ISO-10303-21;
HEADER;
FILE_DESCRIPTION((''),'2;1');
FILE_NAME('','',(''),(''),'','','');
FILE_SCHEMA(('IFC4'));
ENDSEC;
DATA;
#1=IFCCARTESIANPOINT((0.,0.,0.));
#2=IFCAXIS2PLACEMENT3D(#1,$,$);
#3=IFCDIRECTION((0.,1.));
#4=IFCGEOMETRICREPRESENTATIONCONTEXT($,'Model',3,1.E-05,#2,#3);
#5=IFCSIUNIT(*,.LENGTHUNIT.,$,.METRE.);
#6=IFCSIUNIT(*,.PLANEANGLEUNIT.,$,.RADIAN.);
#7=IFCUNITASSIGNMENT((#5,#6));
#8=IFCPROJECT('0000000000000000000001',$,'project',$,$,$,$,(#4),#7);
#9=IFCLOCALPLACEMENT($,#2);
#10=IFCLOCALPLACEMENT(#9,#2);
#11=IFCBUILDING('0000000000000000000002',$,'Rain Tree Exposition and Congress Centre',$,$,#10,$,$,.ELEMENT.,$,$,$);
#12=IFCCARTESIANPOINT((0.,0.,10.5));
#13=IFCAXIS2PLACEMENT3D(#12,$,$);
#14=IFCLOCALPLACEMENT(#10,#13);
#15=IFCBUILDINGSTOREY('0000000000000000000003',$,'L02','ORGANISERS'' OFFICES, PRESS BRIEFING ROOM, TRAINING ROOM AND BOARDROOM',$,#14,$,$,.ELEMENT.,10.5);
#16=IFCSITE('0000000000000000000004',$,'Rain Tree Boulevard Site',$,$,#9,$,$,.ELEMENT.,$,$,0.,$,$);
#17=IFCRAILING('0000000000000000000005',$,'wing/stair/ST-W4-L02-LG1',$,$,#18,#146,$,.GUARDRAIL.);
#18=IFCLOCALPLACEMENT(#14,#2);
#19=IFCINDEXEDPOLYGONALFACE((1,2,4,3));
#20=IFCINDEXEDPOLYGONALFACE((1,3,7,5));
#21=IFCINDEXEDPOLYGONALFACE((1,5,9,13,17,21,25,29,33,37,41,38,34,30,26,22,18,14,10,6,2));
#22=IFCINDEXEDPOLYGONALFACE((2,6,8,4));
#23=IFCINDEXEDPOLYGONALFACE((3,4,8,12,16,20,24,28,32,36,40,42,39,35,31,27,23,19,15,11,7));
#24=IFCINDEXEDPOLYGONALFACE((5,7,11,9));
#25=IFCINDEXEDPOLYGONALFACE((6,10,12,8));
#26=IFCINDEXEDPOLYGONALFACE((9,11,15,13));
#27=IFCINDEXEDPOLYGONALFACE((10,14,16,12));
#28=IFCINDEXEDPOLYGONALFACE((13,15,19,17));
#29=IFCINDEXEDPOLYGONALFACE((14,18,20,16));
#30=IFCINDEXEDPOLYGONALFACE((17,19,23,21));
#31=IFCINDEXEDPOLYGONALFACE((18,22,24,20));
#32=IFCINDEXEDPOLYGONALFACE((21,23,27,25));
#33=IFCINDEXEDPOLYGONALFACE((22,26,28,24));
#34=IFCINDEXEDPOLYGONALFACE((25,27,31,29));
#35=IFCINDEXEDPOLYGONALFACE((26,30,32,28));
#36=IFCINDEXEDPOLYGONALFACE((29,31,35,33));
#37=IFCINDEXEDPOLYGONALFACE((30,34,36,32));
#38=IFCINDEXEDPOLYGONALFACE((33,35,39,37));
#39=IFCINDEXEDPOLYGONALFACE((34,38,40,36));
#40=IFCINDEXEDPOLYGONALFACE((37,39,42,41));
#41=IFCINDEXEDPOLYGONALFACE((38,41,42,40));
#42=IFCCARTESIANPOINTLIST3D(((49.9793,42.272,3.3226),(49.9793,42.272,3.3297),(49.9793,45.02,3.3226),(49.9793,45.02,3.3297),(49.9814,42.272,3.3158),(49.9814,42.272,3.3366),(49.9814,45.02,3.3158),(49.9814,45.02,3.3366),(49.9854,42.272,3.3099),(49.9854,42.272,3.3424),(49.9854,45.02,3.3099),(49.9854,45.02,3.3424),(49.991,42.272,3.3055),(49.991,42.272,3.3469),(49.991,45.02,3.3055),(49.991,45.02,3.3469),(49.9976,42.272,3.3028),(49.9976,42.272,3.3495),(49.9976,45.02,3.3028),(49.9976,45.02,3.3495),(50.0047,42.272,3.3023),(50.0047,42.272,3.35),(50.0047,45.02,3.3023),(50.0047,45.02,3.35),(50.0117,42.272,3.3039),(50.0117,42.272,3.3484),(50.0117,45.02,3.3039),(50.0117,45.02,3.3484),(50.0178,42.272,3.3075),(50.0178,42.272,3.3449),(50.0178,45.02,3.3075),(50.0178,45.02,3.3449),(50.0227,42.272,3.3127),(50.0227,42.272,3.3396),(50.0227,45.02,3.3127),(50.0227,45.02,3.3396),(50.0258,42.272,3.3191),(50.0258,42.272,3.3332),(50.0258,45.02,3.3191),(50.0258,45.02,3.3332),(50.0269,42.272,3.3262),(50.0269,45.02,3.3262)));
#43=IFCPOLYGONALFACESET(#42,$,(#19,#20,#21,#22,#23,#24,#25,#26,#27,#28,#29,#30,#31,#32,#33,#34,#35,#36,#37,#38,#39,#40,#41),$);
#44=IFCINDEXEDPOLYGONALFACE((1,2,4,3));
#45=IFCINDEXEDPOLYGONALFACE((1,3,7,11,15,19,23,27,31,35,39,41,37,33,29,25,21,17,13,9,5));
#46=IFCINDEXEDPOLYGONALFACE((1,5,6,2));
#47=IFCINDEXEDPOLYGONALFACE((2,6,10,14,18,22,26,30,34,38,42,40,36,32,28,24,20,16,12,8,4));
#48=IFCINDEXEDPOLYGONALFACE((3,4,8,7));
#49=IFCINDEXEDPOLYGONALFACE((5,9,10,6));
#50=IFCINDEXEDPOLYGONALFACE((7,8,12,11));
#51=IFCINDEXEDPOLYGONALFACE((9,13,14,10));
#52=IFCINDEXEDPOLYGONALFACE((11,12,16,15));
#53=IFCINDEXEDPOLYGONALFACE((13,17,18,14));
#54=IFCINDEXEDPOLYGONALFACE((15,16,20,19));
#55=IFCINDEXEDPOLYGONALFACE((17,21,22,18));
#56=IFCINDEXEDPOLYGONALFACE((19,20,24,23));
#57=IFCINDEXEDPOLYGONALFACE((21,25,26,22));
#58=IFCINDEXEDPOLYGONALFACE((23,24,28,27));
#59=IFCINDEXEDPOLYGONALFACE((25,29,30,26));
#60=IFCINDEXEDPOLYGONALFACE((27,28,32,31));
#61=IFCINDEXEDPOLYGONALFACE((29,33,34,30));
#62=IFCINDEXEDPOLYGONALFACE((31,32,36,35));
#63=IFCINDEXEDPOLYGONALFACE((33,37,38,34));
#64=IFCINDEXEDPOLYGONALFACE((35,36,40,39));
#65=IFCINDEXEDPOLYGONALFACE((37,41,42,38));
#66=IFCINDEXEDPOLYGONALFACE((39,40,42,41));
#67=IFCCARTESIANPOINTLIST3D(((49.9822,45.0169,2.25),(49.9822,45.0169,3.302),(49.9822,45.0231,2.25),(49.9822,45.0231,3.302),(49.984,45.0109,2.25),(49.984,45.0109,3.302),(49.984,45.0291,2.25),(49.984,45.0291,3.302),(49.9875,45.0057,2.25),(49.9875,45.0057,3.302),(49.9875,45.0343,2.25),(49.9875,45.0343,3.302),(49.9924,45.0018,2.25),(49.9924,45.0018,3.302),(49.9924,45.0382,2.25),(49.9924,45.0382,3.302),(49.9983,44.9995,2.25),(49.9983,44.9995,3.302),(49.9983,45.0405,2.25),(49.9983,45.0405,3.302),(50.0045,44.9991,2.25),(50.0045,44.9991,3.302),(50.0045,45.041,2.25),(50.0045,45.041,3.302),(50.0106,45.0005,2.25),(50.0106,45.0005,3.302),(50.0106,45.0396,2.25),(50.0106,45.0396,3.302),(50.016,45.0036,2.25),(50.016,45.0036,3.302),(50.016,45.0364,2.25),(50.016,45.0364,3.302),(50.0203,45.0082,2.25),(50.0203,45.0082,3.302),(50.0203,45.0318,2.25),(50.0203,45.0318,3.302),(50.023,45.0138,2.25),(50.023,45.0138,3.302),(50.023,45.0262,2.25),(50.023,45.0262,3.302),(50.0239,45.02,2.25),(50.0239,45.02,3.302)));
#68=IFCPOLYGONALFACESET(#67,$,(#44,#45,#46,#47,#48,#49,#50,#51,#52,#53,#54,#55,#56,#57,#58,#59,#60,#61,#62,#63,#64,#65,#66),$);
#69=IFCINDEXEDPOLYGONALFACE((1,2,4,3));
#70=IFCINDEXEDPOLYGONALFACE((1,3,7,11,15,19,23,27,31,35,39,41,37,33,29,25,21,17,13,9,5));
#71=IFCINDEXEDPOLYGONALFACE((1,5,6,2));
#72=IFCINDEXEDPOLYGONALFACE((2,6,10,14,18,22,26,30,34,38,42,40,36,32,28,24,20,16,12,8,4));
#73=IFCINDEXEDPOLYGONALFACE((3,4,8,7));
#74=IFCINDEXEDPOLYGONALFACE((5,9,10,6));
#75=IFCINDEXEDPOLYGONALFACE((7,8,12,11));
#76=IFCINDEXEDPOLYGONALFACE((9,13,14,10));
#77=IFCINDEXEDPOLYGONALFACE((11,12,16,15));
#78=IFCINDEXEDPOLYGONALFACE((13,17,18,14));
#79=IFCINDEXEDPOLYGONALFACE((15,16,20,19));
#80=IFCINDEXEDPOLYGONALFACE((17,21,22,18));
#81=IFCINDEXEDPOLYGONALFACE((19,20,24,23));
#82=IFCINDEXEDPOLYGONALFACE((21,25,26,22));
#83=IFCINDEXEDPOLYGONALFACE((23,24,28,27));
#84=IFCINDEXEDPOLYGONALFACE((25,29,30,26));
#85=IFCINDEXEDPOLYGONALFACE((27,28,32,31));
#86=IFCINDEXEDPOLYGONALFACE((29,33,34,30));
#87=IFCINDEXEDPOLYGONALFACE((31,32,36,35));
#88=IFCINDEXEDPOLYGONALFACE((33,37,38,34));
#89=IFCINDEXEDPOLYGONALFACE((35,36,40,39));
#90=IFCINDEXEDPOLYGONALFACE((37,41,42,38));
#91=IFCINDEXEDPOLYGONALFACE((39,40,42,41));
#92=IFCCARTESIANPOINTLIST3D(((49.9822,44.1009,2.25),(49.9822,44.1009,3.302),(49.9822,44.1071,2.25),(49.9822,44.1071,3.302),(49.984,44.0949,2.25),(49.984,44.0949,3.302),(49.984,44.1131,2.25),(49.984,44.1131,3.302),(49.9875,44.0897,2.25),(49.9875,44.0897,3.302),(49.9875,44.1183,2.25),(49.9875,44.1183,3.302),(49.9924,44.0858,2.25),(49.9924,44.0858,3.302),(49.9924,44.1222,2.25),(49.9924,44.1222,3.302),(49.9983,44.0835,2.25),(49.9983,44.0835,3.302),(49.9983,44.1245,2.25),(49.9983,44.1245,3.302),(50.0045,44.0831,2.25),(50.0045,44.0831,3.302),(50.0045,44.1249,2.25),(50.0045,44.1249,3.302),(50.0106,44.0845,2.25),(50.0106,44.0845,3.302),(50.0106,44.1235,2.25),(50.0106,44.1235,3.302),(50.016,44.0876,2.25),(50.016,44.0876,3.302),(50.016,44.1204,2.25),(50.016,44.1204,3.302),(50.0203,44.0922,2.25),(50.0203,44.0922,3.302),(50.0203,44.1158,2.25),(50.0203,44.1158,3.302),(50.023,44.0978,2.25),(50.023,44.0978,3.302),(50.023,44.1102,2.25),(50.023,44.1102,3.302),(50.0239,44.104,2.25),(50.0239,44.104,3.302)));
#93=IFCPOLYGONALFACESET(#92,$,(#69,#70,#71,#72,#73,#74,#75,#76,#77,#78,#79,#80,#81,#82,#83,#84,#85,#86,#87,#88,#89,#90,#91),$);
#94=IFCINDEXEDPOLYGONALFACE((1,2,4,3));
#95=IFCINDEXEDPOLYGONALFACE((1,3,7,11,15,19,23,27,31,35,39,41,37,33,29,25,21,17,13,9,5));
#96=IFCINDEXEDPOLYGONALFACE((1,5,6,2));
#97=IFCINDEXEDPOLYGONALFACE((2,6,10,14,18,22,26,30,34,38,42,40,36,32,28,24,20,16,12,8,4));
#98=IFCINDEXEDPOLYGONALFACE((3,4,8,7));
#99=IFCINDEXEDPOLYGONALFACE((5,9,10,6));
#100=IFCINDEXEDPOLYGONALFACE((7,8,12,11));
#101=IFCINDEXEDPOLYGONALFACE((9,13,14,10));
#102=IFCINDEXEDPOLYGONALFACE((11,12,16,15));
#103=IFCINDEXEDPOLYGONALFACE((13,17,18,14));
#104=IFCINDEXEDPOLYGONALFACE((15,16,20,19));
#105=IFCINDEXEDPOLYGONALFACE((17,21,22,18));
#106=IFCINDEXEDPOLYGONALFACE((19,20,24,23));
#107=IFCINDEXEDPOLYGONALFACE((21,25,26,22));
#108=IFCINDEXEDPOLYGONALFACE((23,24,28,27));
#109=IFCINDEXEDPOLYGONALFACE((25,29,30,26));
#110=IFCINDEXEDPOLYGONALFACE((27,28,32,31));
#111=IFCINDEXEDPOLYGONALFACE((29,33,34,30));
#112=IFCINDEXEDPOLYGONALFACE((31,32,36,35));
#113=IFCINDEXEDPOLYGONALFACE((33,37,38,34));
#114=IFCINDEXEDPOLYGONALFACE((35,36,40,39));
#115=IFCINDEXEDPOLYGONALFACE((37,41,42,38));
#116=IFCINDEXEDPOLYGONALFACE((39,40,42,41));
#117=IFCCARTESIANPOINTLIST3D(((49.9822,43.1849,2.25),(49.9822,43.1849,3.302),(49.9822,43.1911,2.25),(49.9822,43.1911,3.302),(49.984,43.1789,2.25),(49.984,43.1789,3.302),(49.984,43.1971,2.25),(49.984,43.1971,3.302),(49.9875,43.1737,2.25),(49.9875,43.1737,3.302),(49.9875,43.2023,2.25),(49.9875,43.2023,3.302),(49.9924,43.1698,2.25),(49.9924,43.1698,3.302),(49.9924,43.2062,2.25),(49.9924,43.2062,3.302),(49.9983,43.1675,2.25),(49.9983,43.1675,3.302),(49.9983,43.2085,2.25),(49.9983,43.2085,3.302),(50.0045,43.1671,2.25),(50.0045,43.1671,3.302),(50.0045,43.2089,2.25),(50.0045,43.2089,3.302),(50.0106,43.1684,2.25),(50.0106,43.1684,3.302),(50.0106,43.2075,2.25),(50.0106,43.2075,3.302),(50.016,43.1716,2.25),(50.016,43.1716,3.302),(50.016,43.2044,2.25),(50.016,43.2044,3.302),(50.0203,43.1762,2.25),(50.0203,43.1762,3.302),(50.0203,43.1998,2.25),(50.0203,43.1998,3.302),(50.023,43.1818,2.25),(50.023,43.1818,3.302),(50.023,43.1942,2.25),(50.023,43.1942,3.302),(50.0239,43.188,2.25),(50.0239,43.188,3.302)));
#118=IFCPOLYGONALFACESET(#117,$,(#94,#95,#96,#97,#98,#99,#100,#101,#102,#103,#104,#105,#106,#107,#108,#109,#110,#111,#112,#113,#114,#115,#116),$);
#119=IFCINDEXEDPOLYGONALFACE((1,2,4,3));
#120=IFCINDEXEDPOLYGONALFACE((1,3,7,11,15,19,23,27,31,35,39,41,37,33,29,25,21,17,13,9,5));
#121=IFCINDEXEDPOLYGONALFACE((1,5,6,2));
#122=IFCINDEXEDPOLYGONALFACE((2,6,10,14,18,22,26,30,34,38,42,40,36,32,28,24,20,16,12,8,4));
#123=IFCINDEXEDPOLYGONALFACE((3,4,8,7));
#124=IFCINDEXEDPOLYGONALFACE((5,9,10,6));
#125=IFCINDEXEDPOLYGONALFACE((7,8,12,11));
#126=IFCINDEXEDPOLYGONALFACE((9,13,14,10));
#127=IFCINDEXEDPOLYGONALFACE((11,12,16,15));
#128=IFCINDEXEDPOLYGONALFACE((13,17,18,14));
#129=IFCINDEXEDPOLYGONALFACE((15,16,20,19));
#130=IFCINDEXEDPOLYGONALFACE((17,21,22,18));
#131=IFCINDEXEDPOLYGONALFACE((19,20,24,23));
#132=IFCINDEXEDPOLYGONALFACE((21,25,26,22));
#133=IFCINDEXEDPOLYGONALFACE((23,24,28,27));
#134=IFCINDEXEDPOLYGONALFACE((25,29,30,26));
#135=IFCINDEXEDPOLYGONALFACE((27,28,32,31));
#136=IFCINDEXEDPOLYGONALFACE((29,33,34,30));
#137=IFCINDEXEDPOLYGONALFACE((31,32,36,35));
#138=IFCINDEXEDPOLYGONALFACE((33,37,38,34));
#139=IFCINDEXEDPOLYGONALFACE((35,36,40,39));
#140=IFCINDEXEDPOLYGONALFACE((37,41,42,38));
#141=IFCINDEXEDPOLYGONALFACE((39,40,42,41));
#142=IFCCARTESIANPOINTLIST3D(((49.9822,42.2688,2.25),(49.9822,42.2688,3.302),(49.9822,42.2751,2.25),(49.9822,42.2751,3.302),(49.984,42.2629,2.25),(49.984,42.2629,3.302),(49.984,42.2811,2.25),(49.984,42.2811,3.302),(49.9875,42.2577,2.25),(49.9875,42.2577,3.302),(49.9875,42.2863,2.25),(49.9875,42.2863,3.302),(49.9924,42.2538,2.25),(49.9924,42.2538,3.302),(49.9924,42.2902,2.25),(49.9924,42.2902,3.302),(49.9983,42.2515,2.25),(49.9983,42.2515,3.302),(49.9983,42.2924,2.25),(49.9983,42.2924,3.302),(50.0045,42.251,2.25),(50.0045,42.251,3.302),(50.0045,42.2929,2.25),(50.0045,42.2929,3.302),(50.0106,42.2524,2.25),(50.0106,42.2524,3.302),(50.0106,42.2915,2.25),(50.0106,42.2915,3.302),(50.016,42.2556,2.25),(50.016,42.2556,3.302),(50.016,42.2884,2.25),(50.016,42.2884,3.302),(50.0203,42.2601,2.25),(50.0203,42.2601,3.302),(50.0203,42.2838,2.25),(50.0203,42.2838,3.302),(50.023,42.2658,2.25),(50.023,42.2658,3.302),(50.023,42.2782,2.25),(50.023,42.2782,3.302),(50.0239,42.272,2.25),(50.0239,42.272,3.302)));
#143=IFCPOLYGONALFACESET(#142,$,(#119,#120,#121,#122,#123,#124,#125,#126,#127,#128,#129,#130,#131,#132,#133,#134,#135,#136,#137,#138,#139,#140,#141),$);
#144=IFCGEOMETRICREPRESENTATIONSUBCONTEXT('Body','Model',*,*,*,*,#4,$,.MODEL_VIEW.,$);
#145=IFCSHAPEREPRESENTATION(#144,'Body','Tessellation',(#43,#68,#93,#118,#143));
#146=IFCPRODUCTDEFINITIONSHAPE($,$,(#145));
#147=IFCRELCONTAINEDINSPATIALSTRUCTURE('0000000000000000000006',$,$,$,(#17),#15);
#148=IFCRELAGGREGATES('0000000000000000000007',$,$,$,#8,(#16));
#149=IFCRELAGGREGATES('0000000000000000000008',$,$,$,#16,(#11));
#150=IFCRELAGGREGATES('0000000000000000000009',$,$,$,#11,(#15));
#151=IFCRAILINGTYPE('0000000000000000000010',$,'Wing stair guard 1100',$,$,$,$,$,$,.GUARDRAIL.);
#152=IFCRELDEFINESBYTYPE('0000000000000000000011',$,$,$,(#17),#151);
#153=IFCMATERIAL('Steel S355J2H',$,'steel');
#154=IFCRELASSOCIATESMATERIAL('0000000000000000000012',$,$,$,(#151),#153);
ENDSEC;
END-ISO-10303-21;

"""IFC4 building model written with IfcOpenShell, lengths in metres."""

from ifc_helpers import new_model, si_unit, direction, frame, origin, origin_2d, place, context, subcontext, project, spatial, circle, extrude, material, type_object, element, save


model = new_model("IFC4")

# Units and contexts
model_context = context("Model", 3, precision=1e-05, world=origin(), true_north=direction((0.0, 1.0)))
body_context = subcontext(model_context, "Body", "Model", "MODEL_VIEW")
ifc_project = project(units=[si_unit("LENGTHUNIT", "METRE"), si_unit("PLANEANGLEUNIT", "RADIAN")], contexts=[model_context])

# Site, building, storey
site_placement = place(None, origin())
site = spatial("IfcSite", under=ifc_project, at=site_placement, Name="Rain Tree Boulevard Site", CompositionType="ELEMENT", RefElevation=0.0)
building_placement = place(site_placement, origin())
building = spatial("IfcBuilding", under=site, at=building_placement, Name="Rain Tree Exposition and Congress Centre", CompositionType="ELEMENT")
storey_placement = place(building_placement, frame((0.0, 0.0, 10.5)))
storey = spatial("IfcBuildingStorey", under=building, at=storey_placement, Name="L02", Description="ORGANISERS' OFFICES, PRESS BRIEFING ROOM, TRAINING ROOM AND BOARDROOM", CompositionType="ELEMENT", Elevation=10.5)

# Railing
ifc_material_1 = material(Name="Steel S355J2H", Category="steel")
railing_type_1 = type_object("IfcRailingType", Name="Wing stair guard 1100", PredefinedType="GUARDRAIL", material=ifc_material_1)
railing_1_placement = place(storey_placement, frame((50.0029, 45.02, 2.25)))
element("IfcRailing", 1, at=railing_1_placement, inside=storey, type_object=railing_type_1, Name="wing/stair/ST-W4-L02-LG1", PredefinedType="GUARDRAIL", context=body_context, shape_type="SweptSolid", body=[
    extrude(circle(Radius=0.0239, at=origin_2d()), frame((0.0, 0.0, 1.0762), z_axis=(0.0, -1.0, 0.0), x_axis=(1.0, 0.0, 0.0)), (0.0, 0.0, 1.0), 2.748),
    extrude(circle(Radius=0.021, at=origin_2d()), origin(), (0.0, 0.0, 1.0), 1.052),
    extrude(circle(Radius=0.021, at=origin_2d()), frame((0.0, -0.916, 0.0)), (0.0, 0.0, 1.0), 1.052),
    extrude(circle(Radius=0.021, at=origin_2d()), frame((0.0, -1.832, 0.0)), (0.0, 0.0, 1.0), 1.052),
    extrude(circle(Radius=0.021, at=origin_2d()), frame((0.0, -2.748, 0.0)), (0.0, 0.0, 1.0), 1.052),
])

save(model, "model.ifc")
